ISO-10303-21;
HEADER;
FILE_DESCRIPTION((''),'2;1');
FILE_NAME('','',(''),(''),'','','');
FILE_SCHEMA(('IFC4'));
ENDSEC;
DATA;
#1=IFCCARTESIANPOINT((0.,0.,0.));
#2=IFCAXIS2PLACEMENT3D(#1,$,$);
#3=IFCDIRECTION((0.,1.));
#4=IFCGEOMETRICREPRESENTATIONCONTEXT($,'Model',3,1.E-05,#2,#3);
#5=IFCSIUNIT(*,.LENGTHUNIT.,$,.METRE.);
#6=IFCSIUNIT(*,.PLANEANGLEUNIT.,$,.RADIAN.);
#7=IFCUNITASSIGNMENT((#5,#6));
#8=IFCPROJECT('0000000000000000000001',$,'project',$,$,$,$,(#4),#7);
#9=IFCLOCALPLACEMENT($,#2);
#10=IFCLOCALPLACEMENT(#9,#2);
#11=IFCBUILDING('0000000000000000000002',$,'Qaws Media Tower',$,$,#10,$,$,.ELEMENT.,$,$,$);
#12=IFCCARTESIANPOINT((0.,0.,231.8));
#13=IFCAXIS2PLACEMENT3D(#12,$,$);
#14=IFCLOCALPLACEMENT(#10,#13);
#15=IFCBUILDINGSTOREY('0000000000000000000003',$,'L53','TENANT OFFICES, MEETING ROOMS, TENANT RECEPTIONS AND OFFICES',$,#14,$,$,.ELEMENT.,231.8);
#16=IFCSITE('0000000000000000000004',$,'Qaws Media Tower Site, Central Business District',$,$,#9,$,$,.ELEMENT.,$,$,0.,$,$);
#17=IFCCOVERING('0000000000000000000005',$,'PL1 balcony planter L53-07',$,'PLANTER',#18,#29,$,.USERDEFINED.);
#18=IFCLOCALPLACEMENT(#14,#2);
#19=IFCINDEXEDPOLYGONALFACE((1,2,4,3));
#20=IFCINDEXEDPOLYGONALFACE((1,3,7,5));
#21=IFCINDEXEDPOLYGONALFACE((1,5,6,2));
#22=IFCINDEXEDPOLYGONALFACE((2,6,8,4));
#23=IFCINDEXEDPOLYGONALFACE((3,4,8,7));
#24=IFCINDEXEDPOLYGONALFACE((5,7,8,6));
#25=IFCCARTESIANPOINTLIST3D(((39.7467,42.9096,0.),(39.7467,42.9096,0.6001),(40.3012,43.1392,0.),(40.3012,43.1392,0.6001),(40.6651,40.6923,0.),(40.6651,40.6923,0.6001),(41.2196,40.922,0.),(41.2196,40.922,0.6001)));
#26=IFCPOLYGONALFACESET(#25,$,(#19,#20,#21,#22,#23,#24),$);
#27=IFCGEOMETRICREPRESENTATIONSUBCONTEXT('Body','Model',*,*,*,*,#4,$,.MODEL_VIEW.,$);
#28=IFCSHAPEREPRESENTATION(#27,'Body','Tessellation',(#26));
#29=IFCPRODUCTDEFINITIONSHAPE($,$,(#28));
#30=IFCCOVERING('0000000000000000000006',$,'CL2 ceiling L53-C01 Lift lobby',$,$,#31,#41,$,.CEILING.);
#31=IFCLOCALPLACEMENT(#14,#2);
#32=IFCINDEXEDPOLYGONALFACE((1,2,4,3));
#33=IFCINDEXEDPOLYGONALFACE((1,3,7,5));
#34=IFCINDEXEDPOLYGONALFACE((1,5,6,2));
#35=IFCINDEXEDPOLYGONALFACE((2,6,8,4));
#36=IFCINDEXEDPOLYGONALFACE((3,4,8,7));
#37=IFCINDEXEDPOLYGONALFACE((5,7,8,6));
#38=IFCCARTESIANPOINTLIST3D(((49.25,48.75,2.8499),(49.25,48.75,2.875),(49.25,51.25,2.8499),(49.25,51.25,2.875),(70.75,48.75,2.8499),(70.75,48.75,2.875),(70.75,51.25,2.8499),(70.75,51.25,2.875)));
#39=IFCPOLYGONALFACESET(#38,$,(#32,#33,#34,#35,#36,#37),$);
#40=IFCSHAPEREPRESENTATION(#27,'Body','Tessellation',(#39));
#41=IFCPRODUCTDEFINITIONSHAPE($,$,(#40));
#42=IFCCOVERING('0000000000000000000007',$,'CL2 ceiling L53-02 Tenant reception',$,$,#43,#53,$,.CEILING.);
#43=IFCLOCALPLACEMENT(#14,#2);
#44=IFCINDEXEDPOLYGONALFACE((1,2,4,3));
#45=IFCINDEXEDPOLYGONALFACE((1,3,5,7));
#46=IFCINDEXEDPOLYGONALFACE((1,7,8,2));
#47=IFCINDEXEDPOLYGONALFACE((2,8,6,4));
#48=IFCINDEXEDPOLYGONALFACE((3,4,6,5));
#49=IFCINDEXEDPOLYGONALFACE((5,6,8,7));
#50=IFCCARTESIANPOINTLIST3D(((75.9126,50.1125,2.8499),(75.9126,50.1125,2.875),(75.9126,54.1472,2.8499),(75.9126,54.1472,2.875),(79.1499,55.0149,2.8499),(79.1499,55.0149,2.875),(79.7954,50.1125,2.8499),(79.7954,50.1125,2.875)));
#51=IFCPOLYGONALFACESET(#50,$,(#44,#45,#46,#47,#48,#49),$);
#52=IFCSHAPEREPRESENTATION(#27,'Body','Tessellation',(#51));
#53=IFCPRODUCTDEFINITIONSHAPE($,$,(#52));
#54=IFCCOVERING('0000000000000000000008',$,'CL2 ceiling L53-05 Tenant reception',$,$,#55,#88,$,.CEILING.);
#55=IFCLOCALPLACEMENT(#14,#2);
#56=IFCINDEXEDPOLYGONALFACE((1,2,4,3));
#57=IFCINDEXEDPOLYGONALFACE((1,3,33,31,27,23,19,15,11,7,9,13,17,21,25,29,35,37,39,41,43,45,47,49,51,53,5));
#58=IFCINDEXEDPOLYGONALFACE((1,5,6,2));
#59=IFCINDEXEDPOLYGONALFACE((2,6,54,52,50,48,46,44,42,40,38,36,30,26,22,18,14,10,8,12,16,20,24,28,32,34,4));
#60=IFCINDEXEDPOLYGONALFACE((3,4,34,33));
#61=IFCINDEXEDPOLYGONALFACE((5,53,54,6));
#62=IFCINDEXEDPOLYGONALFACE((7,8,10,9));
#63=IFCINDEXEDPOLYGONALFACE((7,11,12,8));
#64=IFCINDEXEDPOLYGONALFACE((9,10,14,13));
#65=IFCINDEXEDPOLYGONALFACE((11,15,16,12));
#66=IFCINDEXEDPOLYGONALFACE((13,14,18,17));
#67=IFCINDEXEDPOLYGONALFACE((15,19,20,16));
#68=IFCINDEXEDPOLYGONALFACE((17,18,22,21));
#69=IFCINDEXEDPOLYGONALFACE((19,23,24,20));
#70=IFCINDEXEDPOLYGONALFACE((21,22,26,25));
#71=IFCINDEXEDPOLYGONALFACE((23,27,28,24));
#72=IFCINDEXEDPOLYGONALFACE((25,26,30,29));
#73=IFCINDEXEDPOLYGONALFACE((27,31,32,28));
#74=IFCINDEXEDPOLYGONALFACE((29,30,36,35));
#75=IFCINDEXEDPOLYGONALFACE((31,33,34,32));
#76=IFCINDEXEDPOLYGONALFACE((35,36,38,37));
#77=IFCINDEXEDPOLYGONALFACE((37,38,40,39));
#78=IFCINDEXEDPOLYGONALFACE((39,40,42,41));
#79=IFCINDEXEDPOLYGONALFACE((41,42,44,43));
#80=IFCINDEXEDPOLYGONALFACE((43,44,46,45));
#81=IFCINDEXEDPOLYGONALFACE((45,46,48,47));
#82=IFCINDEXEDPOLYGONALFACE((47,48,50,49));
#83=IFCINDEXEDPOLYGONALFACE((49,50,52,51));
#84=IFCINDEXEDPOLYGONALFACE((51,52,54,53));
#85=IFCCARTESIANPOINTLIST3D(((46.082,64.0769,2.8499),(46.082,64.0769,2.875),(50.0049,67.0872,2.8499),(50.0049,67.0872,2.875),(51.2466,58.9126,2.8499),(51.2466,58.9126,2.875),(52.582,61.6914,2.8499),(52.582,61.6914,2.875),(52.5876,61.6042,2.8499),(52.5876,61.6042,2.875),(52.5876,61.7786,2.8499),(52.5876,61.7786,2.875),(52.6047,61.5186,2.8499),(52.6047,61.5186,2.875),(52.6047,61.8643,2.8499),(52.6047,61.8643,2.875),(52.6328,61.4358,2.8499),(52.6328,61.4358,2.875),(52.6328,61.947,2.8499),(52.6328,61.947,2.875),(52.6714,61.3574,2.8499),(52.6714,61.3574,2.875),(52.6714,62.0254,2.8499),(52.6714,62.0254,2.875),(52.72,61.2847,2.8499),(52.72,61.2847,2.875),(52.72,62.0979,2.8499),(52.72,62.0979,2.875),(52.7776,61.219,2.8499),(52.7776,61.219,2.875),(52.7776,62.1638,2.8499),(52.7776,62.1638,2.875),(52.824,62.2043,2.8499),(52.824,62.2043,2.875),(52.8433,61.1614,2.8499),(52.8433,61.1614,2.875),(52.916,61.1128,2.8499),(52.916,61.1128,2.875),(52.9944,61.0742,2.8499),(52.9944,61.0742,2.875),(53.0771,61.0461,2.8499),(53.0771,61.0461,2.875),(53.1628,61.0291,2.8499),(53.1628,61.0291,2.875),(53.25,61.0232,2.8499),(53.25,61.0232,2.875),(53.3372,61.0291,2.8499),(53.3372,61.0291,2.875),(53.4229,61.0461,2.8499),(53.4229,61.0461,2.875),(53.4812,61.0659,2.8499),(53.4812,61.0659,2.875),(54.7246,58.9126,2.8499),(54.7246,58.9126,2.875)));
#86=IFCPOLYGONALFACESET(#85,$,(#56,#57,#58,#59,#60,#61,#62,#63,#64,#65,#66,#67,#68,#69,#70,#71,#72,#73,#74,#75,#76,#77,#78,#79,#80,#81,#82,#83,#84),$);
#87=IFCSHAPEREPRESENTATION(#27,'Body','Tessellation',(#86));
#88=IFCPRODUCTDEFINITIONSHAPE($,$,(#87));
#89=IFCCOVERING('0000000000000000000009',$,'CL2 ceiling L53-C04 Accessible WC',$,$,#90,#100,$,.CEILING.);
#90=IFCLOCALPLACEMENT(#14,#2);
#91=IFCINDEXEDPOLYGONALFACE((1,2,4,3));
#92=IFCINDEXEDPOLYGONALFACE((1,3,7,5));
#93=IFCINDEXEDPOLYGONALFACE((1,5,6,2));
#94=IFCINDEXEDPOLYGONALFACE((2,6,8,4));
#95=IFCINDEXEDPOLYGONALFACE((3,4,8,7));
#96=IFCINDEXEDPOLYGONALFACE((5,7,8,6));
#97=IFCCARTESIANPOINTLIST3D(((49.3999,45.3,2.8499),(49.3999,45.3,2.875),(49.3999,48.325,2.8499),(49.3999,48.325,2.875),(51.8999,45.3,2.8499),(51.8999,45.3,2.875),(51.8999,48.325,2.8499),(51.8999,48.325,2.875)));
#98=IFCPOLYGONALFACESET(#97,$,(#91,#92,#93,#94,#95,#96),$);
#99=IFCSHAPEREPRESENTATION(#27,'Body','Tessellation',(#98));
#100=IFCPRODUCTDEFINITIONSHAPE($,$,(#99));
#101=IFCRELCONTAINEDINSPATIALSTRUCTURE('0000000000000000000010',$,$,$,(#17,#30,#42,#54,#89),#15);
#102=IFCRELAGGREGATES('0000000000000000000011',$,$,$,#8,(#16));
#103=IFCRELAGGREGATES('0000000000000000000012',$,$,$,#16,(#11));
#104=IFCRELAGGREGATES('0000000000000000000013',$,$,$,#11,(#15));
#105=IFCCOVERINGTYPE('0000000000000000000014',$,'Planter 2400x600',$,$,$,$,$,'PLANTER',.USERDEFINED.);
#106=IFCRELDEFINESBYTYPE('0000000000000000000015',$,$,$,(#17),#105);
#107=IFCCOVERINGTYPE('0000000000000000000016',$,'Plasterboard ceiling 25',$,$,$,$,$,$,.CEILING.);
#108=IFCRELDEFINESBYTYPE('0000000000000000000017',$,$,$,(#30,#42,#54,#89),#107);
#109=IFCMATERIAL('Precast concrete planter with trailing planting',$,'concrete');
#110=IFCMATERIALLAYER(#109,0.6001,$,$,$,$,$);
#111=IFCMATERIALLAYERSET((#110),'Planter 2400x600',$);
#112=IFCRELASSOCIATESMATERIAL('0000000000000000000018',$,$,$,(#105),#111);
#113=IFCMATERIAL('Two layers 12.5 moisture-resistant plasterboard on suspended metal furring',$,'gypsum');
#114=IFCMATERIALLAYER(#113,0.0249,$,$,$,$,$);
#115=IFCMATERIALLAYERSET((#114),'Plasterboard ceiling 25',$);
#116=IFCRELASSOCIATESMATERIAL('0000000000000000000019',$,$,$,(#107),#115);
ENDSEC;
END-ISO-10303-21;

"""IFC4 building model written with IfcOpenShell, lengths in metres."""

from ifc_helpers import new_model, si_unit, direction, frame, origin, origin_2d, place, context, subcontext, project, spatial, polyline, rectangle, outline, extrude, material, layer, layer_set, type_object, element, save


model = new_model("IFC4")

# Units and contexts
model_context = context("Model", 3, precision=1e-05, world=origin(), true_north=direction((0.0, 1.0)))
body_context = subcontext(model_context, "Body", "Model", "MODEL_VIEW")
ifc_project = project(units=[si_unit("LENGTHUNIT", "METRE"), si_unit("PLANEANGLEUNIT", "RADIAN")], contexts=[model_context])

# Site, building, storey
site_placement = place(None, origin())
site = spatial("IfcSite", under=ifc_project, at=site_placement, Name="Qaws Media Tower Site, Central Business District", CompositionType="ELEMENT", RefElevation=0.0)
building_placement = place(site_placement, origin())
building = spatial("IfcBuilding", under=site, at=building_placement, Name="Qaws Media Tower", CompositionType="ELEMENT")
storey_placement = place(building_placement, frame((0.0, 0.0, 231.8)))
storey = spatial("IfcBuildingStorey", under=building, at=storey_placement, Name="L53", Description="TENANT OFFICES, MEETING ROOMS, TENANT RECEPTIONS AND OFFICES", CompositionType="ELEMENT", Elevation=231.8)

# Coverings
ifc_material_1 = material(Name="Precast concrete planter with trailing planting", Category="concrete")
ifc_layer_1 = layer(ifc_material_1, 0.6001)
ifc_layer_set_1 = layer_set([ifc_layer_1], Name="Planter 2400x600")
covering_type_1 = type_object("IfcCoveringType", Name="Planter 2400x600", ElementType="PLANTER", PredefinedType="USERDEFINED", material=ifc_layer_set_1)
covering_1_placement = place(storey_placement, frame((40.4832, 41.9158, 0.0), z_axis=(0.0, 0.0, 1.0), x_axis=(0.382683, -0.92388, 0.0)))
element("IfcCovering", 1, at=covering_1_placement, inside=storey, type_object=covering_type_1, Name="PL1 balcony planter L53-07", ObjectType="PLANTER", PredefinedType="USERDEFINED", context=body_context, shape_type="SweptSolid", body=[
    extrude(rectangle(XDim=2.3999, YDim=0.6001, at=origin_2d()), origin(), (0.0, 0.0, 1.0), 0.6001),
])
ifc_material_2 = material(Name="Two layers 12.5 moisture-resistant plasterboard on suspended metal furring", Category="gypsum")
ifc_layer_2 = layer(ifc_material_2, 0.0249)
ifc_layer_set_2 = layer_set([ifc_layer_2], Name="Plasterboard ceiling 25")
covering_type_2 = type_object("IfcCoveringType", Name="Plasterboard ceiling 25", PredefinedType="CEILING", material=ifc_layer_set_2)
covering_2_placement = place(storey_placement, frame((0.0, 0.0, 2.8499)))
element("IfcCovering", 2, at=covering_2_placement, inside=storey, type_object=covering_type_2, Name="CL2 ceiling L53-C01 Lift lobby", PredefinedType="CEILING", context=body_context, shape_type="SweptSolid", body=[
    extrude(outline(polyline([(49.25, 48.75), (49.25, 51.25), (70.75, 51.25), (70.75, 48.75), (49.25, 48.75)])), origin(), (0.0, 0.0, 1.0), 0.0251),
])
covering_3_placement = place(storey_placement, frame((0.0, 0.0, 2.8499)))
element("IfcCovering", 3, at=covering_3_placement, inside=storey, type_object=covering_type_2, Name="CL2 ceiling L53-02 Tenant reception", PredefinedType="CEILING", context=body_context, shape_type="SweptSolid", body=[
    extrude(outline(polyline([(79.7954, 50.1125), (75.9126, 50.1125), (75.9126, 54.1472), (79.1499, 55.0149), (79.7954, 50.1125)])), origin(), (0.0, 0.0, 1.0), 0.0251),
])
covering_4_placement = place(storey_placement, frame((0.0, 0.0, 2.8499)))
element("IfcCovering", 4, at=covering_4_placement, inside=storey, type_object=covering_type_2, Name="CL2 ceiling L53-05 Tenant reception", PredefinedType="CEILING", context=body_context, shape_type="SweptSolid", body=[
    extrude(outline(polyline([(50.0049, 67.0872), (52.824, 62.2043), (52.7776, 62.1638), (52.72, 62.0979), (52.6714, 62.0254), (52.6328, 61.947), (52.6047, 61.8643), (52.5876, 61.7786), (52.582, 61.6914), (52.5876, 61.6042), (52.6047, 61.5186), (52.6328, 61.4358), (52.6714, 61.3574), (52.72, 61.2847), (52.7776, 61.219), (52.8433, 61.1614), (52.916, 61.1128), (52.9944, 61.0742), (53.0771, 61.0461), (53.1628, 61.0291), (53.25, 61.0232), (53.3372, 61.0291), (53.4229, 61.0461), (53.4812, 61.0659), (54.7246, 58.9126), (51.2466, 58.9126), (46.082, 64.0769), (50.0049, 67.0872)])), origin(), (0.0, 0.0, 1.0), 0.0251),
])
covering_5_placement = place(storey_placement, frame((0.0, 0.0, 2.8499)))
element("IfcCovering", 5, at=covering_5_placement, inside=storey, type_object=covering_type_2, Name="CL2 ceiling L53-C04 Accessible WC", PredefinedType="CEILING", context=body_context, shape_type="SweptSolid", body=[
    extrude(outline(polyline([(49.3999, 45.3), (49.3999, 48.325), (51.8999, 48.325), (51.8999, 45.3), (49.3999, 45.3)])), origin(), (0.0, 0.0, 1.0), 0.0251),
])

save(model, "model.ifc")
